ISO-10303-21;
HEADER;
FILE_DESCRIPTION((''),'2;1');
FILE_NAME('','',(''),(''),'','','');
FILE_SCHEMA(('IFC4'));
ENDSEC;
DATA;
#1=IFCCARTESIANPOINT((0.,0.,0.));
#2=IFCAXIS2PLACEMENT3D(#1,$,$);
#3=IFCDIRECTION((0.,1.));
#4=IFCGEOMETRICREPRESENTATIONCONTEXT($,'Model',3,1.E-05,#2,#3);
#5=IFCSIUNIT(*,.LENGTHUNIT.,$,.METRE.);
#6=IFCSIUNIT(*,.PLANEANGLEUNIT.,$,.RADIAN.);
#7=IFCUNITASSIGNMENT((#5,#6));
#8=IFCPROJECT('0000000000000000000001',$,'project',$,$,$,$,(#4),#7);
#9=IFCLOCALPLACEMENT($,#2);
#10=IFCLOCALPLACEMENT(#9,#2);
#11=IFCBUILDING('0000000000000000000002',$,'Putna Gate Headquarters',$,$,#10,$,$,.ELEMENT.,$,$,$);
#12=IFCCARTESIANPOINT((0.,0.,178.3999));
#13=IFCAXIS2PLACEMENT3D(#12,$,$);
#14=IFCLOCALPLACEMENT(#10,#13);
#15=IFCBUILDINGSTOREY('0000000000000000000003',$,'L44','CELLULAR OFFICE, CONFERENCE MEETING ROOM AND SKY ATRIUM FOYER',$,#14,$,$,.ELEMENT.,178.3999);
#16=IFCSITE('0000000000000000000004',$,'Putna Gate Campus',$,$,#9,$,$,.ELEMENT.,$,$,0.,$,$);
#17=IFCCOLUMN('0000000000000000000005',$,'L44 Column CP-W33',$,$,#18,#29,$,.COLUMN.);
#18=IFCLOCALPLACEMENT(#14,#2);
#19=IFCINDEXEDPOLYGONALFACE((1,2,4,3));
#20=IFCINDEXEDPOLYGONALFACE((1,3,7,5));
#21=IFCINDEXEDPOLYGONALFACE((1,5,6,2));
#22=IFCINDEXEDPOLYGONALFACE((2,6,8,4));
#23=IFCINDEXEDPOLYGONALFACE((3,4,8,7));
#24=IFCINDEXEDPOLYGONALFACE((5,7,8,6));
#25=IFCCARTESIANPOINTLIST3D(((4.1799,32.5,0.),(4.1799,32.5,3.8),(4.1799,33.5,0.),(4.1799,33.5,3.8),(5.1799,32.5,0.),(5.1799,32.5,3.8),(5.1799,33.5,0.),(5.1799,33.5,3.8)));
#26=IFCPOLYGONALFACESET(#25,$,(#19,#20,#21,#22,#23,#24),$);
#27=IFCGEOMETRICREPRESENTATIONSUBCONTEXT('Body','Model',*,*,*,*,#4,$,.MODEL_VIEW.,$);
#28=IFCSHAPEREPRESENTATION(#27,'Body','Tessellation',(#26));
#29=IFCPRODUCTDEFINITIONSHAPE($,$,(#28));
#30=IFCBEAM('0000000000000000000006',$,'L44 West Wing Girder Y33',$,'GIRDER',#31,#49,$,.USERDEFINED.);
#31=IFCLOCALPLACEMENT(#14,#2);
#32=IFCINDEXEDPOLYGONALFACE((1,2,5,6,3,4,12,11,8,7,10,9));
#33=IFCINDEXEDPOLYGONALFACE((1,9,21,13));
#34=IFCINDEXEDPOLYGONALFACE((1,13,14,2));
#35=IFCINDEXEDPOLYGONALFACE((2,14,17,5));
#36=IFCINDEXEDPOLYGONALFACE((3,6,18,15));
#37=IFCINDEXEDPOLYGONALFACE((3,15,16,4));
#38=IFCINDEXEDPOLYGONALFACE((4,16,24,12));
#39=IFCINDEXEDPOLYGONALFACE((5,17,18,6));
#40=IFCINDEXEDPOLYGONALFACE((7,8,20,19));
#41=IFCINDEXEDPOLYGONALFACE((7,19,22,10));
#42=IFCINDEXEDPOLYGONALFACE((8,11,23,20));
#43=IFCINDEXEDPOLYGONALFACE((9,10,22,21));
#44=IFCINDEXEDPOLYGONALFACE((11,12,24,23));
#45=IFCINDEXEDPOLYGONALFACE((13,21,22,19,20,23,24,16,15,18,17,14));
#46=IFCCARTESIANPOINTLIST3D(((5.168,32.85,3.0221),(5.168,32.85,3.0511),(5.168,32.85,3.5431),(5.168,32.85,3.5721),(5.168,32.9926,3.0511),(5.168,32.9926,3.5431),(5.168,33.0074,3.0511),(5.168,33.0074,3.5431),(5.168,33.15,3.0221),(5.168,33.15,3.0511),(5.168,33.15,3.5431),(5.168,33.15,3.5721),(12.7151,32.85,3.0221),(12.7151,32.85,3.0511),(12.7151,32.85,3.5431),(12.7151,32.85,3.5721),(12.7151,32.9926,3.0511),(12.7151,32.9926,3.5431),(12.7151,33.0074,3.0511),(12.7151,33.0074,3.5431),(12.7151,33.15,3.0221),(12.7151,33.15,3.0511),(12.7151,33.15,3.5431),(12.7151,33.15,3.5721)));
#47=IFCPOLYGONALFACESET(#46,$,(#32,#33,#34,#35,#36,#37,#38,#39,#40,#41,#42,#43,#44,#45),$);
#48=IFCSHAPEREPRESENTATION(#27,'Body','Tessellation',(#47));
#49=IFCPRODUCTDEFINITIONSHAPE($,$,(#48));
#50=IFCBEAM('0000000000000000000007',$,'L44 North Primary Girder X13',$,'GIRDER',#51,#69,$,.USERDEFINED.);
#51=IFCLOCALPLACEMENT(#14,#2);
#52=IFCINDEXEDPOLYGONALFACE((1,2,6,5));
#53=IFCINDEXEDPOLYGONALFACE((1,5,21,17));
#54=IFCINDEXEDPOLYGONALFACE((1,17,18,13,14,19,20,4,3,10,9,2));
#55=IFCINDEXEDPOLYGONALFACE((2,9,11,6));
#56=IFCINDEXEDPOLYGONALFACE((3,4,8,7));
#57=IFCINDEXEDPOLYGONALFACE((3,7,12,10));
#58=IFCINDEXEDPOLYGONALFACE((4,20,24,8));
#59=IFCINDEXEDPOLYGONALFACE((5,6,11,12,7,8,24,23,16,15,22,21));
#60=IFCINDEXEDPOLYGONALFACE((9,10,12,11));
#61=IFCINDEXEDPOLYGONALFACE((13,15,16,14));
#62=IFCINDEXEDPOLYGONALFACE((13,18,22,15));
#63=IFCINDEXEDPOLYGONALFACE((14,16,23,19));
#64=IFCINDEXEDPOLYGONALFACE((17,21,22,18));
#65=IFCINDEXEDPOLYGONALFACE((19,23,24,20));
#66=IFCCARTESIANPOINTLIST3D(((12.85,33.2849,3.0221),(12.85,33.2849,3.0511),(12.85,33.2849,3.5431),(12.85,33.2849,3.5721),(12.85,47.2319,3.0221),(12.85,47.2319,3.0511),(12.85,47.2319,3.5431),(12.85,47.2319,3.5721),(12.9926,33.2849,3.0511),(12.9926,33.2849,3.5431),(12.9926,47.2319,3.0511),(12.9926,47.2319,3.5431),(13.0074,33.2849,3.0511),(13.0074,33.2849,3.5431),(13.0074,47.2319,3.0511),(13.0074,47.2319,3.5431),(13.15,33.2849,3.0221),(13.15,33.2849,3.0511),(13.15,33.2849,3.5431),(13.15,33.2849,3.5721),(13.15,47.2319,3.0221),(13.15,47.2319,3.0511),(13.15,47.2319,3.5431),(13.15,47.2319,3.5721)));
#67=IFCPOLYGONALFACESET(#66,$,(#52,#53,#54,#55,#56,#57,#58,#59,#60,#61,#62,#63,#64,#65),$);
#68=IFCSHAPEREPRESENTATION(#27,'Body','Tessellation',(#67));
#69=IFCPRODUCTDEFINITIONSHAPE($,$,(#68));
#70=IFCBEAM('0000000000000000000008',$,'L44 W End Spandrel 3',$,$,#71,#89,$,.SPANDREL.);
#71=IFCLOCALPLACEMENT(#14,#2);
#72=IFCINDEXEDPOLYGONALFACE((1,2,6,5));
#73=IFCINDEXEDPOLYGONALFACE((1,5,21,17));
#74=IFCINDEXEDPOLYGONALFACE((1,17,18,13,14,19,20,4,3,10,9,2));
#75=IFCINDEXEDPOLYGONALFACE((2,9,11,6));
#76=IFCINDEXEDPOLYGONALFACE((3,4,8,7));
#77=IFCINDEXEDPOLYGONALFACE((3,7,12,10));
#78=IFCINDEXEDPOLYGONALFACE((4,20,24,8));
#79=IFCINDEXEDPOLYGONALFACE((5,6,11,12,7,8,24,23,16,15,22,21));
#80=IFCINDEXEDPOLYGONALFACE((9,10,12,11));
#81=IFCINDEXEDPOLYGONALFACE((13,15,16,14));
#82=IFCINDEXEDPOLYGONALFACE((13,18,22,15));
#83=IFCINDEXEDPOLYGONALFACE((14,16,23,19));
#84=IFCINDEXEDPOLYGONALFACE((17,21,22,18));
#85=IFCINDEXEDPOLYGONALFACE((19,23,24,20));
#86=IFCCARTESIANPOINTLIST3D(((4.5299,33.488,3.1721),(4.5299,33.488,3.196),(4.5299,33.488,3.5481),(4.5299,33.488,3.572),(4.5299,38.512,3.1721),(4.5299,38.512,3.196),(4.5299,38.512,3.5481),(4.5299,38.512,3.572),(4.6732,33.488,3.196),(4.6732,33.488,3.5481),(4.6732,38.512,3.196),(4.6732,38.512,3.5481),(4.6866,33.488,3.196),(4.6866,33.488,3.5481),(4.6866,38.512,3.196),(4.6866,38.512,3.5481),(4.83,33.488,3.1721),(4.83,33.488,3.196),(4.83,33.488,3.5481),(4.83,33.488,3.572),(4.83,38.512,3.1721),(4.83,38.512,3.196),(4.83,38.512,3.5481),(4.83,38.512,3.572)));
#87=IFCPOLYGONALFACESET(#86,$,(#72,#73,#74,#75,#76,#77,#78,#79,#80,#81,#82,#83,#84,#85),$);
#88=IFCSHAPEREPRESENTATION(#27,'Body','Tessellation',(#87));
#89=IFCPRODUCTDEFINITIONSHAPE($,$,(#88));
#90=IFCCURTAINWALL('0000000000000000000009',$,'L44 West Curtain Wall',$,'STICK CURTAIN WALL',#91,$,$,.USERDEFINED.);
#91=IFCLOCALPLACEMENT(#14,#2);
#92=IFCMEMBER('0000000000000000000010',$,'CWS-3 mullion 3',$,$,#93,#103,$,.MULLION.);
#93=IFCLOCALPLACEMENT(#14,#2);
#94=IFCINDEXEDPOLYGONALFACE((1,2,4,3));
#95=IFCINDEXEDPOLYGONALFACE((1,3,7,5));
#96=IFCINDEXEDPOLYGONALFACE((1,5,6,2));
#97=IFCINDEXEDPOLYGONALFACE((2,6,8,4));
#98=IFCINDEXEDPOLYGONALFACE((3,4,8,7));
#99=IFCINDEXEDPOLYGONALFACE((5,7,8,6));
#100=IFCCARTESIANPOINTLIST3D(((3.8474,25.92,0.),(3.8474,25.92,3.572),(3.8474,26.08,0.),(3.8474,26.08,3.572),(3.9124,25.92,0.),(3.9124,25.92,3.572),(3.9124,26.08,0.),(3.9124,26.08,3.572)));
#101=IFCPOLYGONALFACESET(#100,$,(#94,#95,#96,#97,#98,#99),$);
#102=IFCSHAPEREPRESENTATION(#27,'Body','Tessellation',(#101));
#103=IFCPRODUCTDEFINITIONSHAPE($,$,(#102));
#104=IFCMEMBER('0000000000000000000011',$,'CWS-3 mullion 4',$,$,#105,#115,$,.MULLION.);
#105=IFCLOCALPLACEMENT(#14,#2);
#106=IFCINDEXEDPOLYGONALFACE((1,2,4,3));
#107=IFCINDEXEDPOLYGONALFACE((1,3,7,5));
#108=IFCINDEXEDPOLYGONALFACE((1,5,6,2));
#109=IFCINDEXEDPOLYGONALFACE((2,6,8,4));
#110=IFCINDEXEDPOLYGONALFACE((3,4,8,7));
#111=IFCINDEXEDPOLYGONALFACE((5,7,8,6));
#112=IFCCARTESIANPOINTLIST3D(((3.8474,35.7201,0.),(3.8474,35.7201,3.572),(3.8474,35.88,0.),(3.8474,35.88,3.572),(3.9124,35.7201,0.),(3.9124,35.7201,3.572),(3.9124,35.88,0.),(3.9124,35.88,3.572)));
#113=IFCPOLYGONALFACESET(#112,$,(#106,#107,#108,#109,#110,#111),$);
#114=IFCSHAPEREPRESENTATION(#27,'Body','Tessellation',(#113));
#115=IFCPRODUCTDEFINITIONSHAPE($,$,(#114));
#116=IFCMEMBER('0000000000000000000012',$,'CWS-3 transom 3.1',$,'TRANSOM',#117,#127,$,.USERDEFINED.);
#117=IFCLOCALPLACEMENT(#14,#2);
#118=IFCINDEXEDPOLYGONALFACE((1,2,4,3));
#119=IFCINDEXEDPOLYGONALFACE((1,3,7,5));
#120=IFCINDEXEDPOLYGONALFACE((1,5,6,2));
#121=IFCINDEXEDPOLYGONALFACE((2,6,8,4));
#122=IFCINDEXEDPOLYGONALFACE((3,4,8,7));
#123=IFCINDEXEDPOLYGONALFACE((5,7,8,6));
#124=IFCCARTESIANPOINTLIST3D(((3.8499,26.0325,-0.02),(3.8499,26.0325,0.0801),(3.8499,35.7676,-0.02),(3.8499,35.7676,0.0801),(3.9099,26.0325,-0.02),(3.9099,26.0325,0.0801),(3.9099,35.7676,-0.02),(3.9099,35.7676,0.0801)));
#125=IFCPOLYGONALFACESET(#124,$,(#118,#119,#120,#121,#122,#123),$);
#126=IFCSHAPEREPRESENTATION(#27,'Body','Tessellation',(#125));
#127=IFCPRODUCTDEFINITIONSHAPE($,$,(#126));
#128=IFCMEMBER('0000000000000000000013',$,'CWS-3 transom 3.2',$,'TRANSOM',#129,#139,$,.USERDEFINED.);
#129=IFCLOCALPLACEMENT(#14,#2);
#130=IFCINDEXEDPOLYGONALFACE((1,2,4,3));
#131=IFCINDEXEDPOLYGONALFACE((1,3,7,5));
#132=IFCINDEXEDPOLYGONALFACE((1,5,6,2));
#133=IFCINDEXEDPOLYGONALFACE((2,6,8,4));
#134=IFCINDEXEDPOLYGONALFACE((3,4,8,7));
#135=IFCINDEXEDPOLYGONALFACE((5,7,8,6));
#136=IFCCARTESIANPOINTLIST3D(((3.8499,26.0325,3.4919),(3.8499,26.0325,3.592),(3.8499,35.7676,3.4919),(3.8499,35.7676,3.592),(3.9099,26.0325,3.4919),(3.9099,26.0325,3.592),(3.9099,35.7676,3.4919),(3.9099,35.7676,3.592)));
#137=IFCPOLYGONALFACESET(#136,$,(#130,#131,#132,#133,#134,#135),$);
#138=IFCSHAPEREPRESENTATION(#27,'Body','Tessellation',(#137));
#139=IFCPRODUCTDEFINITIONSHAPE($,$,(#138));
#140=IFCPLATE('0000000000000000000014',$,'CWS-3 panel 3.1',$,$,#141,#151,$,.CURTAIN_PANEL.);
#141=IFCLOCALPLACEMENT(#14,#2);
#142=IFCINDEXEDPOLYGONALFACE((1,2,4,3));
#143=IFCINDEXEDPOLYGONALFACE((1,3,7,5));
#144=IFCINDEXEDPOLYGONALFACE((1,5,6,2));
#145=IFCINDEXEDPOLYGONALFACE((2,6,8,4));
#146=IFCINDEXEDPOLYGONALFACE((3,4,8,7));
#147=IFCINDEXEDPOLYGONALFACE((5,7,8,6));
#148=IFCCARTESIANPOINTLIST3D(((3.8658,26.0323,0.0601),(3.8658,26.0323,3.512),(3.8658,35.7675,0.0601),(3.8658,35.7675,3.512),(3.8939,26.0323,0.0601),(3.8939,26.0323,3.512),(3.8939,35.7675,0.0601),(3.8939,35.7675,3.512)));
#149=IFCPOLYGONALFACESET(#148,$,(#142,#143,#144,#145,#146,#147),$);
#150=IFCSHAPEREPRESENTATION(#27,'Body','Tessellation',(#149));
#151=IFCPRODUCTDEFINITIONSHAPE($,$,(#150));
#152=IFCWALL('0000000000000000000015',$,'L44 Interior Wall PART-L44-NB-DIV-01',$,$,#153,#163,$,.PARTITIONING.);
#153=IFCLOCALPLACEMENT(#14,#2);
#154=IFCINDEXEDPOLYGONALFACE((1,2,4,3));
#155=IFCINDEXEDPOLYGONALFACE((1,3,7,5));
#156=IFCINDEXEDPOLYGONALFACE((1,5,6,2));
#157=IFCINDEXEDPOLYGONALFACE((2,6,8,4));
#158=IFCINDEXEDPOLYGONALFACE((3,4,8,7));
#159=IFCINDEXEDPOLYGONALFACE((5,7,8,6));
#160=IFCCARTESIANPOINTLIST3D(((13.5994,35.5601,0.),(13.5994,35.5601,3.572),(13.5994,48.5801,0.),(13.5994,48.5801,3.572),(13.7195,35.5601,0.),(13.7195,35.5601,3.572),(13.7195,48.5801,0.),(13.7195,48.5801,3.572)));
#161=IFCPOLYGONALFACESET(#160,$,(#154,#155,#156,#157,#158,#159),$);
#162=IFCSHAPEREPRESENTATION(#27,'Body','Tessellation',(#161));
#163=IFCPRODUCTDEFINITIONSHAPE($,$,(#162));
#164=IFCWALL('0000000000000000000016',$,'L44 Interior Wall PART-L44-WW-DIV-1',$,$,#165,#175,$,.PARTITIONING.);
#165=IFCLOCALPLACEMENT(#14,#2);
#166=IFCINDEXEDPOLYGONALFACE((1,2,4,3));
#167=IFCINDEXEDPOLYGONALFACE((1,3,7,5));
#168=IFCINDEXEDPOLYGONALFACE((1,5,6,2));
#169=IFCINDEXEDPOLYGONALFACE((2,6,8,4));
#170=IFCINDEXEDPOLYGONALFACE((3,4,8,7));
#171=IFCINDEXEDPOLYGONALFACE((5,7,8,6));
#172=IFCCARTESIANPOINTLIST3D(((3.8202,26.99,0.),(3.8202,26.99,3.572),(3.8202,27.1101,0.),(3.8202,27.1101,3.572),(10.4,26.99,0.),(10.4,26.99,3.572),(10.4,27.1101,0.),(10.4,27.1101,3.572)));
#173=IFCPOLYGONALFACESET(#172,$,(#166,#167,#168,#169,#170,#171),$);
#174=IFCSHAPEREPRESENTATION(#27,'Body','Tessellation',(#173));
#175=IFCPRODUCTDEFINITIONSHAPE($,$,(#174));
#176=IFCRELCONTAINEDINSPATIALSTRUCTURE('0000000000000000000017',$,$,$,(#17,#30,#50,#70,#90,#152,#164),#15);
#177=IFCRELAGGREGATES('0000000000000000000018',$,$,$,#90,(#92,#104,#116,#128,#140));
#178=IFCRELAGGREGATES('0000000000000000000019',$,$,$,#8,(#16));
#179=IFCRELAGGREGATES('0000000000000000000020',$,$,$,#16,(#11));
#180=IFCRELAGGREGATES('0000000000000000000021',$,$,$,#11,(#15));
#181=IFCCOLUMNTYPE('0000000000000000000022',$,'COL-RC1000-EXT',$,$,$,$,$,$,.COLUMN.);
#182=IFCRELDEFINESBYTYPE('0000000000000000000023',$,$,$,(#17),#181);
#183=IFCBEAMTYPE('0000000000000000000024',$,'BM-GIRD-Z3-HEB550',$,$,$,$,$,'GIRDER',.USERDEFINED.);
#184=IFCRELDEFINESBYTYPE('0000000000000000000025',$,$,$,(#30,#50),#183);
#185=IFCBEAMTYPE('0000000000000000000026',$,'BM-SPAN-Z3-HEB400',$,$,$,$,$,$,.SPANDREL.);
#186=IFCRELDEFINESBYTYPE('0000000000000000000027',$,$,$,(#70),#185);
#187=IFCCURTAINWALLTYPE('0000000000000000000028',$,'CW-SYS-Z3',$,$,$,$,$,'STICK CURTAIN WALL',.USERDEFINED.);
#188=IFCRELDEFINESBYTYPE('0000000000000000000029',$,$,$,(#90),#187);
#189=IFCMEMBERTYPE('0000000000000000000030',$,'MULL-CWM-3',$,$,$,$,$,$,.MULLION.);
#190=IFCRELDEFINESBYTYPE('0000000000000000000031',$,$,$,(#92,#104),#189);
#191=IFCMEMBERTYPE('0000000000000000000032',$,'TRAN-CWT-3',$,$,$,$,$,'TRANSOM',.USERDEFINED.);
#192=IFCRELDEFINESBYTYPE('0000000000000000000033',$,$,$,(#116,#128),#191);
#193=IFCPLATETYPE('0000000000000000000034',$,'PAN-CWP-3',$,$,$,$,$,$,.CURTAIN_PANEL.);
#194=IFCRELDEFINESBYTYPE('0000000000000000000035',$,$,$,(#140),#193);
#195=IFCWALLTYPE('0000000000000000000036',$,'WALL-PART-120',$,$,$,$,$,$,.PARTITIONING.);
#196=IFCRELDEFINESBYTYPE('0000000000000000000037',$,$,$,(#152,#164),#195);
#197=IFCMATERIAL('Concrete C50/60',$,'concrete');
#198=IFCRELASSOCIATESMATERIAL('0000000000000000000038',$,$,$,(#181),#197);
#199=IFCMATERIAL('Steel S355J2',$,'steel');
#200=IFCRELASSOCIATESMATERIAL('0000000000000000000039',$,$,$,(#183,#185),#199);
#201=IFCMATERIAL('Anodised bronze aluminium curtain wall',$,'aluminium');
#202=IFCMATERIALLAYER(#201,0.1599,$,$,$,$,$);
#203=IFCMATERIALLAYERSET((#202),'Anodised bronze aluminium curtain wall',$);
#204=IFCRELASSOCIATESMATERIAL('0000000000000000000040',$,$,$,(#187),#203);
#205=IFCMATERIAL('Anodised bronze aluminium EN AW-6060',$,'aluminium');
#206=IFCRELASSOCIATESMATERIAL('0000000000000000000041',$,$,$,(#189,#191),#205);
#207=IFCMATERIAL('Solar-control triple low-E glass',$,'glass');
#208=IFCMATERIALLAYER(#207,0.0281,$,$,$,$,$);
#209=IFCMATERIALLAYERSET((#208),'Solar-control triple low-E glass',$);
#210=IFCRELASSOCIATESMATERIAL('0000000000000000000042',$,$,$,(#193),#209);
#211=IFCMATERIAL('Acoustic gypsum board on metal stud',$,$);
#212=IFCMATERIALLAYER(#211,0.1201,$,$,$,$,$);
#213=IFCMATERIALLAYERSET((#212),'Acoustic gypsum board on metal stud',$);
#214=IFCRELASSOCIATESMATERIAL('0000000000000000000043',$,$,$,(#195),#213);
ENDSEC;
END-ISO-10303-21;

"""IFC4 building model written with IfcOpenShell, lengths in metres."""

from ifc_helpers import new_model, si_unit, direction, frame, frame_2d, origin, origin_2d, place, context, subcontext, project, spatial, rectangle, i_section, extrude, material, layer, layer_set, material_profile, profile_set, type_object, element, aggregate, save


model = new_model("IFC4")

# Units and contexts
model_context = context("Model", 3, precision=1e-05, world=origin(), true_north=direction((0.0, 1.0)))
body_context = subcontext(model_context, "Body", "Model", "MODEL_VIEW")
ifc_project = project(units=[si_unit("LENGTHUNIT", "METRE"), si_unit("PLANEANGLEUNIT", "RADIAN")], contexts=[model_context])

# Site, building, storey
site_placement = place(None, origin())
site = spatial("IfcSite", under=ifc_project, at=site_placement, Name="Putna Gate Campus", CompositionType="ELEMENT", RefElevation=0.0)
building_placement = place(site_placement, origin())
building = spatial("IfcBuilding", under=site, at=building_placement, Name="Putna Gate Headquarters", CompositionType="ELEMENT")
storey_placement = place(building_placement, frame((0.0, 0.0, 178.3999)))
storey = spatial("IfcBuildingStorey", under=building, at=storey_placement, Name="L44", Description="CELLULAR OFFICE, CONFERENCE MEETING ROOM AND SKY ATRIUM FOYER", CompositionType="ELEMENT", Elevation=178.3999)

# Column
ifc_material_1 = material(Name="Concrete C50/60", Category="concrete")
ifc_material_profile_1 = material_profile(ifc_material_1, rectangle(XDim=1.0, YDim=1.0, at=origin_2d()), Name="Concrete C50/60")
ifc_profile_set_1 = profile_set([ifc_material_profile_1], Name="Concrete C50/60")
column_type = type_object("IfcColumnType", Name="COL-RC1000-EXT", PredefinedType="COLUMN", material=ifc_profile_set_1)
column_placement = place(storey_placement, frame((4.6799, 33.0, 0.0), z_axis=(0.0, 0.0, 1.0), x_axis=(1.0, 0.0, 0.0)))
element("IfcColumn", 1, at=column_placement, inside=storey, type_object=column_type, Name="L44 Column CP-W33", PredefinedType="COLUMN", context=body_context, shape_type="SweptSolid", body=[
    extrude(rectangle(XDim=1.0, YDim=1.0, at=origin_2d()), origin(), (0.0, 0.0, 1.0), 3.8),
])

# Beams
ifc_material_2 = material(Name="Steel S355J2", Category="steel")
ifc_material_profile_2 = material_profile(ifc_material_2, i_section(OverallWidth=0.3, OverallDepth=0.55, WebThickness=0.0149, FlangeThickness=0.0291, at=origin_2d()), Name="Steel S355J2")
ifc_profile_set_2 = profile_set([ifc_material_profile_2], Name="Steel S355J2")
beam_type_1 = type_object("IfcBeamType", Name="BM-GIRD-Z3-HEB550", ElementType="GIRDER", PredefinedType="USERDEFINED", material=ifc_profile_set_2)
beam_1_placement = place(storey_placement, frame((5.168, 33.0, 3.2971), z_axis=(1.0, 0.0, 0.0), x_axis=(0.0, 1.0, 0.0)))
element("IfcBeam", 2, at=beam_1_placement, inside=storey, type_object=beam_type_1, Name="L44 West Wing Girder Y33", ObjectType="GIRDER", PredefinedType="USERDEFINED", context=body_context, shape_type="SweptSolid", body=[
    extrude(i_section(OverallWidth=0.3, OverallDepth=0.55, WebThickness=0.0149, FlangeThickness=0.0291, at=origin_2d()), origin(), (0.0, 0.0, 1.0), 7.5471),
])
beam_2_placement = place(storey_placement, frame((13.0, 33.2849, 3.2971), z_axis=(0.0, 1.0, 0.0), x_axis=(-1.0, 0.0, 0.0)))
element("IfcBeam", 3, at=beam_2_placement, inside=storey, type_object=beam_type_1, Name="L44 North Primary Girder X13", ObjectType="GIRDER", PredefinedType="USERDEFINED", context=body_context, shape_type="SweptSolid", body=[
    extrude(i_section(OverallWidth=0.3, OverallDepth=0.55, WebThickness=0.0149, FlangeThickness=0.0291, at=origin_2d()), origin(), (0.0, 0.0, 1.0), 13.947),
])
ifc_material_profile_3 = material_profile(ifc_material_2, i_section(OverallWidth=0.3, OverallDepth=0.3999, WebThickness=0.0134, FlangeThickness=0.0239, at=origin_2d()), Name="Steel S355J2")
ifc_profile_set_3 = profile_set([ifc_material_profile_3], Name="Steel S355J2")
beam_type_2 = type_object("IfcBeamType", Name="BM-SPAN-Z3-HEB400", PredefinedType="SPANDREL", material=ifc_profile_set_3)
beam_3_placement = place(storey_placement, frame((4.6799, 33.488, 3.3721), z_axis=(0.0, 1.0, 0.0), x_axis=(-1.0, 0.0, 0.0)))
element("IfcBeam", 4, at=beam_3_placement, inside=storey, type_object=beam_type_2, Name="L44 W End Spandrel 3", PredefinedType="SPANDREL", context=body_context, shape_type="SweptSolid", body=[
    extrude(i_section(OverallWidth=0.3, OverallDepth=0.3999, WebThickness=0.0134, FlangeThickness=0.0239, at=origin_2d()), origin(), (0.0, 0.0, 1.0), 5.0239),
])

# Curtain wall, members, plate
ifc_material_3 = material(Name="Anodised bronze aluminium curtain wall", Category="aluminium")
ifc_layer_1 = layer(ifc_material_3, 0.1599)
ifc_layer_set_1 = layer_set([ifc_layer_1], Name="Anodised bronze aluminium curtain wall")
curtain_wall_type = type_object("IfcCurtainWallType", Name="CW-SYS-Z3", ElementType="STICK CURTAIN WALL", PredefinedType="USERDEFINED", material=ifc_layer_set_1)
curtain_wall_placement = place(storey_placement, origin())
curtain_wall = element("IfcCurtainWall", 5, at=curtain_wall_placement, inside=storey, type_object=curtain_wall_type, Name="L44 West Curtain Wall", ObjectType="STICK CURTAIN WALL", PredefinedType="USERDEFINED")
ifc_material_4 = material(Name="Anodised bronze aluminium EN AW-6060", Category="aluminium")
ifc_material_profile_4 = material_profile(ifc_material_4, rectangle(XDim=0.0649, YDim=0.1599, at=origin_2d()), Name="Anodised bronze aluminium EN AW-6060")
ifc_profile_set_4 = profile_set([ifc_material_profile_4], Name="Anodised bronze aluminium EN AW-6060")
member_type_1 = type_object("IfcMemberType", Name="MULL-CWM-3", PredefinedType="MULLION", material=ifc_profile_set_4)
member_1_placement = place(storey_placement, frame((3.8799, 26.0, 0.0), z_axis=(0.0, 0.0, 1.0), x_axis=(-1.0, 0.0, 0.0)))
member_1 = element("IfcMember", 6, at=member_1_placement, type_object=member_type_1, Name="CWS-3 mullion 3", PredefinedType="MULLION", context=body_context, shape_type="SweptSolid", body=[
    extrude(rectangle(XDim=0.0649, YDim=0.1599, at=origin_2d()), origin(), (0.0, 0.0, 1.0), 3.572),
])
member_2_placement = place(storey_placement, frame((3.8799, 35.8, 0.0), z_axis=(0.0, 0.0, 1.0), x_axis=(-1.0, 0.0, 0.0)))
member_2 = element("IfcMember", 7, at=member_2_placement, type_object=member_type_1, Name="CWS-3 mullion 4", PredefinedType="MULLION", context=body_context, shape_type="SweptSolid", body=[
    extrude(rectangle(XDim=0.0649, YDim=0.1599, at=origin_2d()), origin(), (0.0, 0.0, 1.0), 3.572),
])
ifc_material_profile_5 = material_profile(ifc_material_4, rectangle(XDim=0.0601, YDim=0.1001, at=origin_2d()), Name="Anodised bronze aluminium EN AW-6060")
ifc_profile_set_5 = profile_set([ifc_material_profile_5], Name="Anodised bronze aluminium EN AW-6060")
member_type_2 = type_object("IfcMemberType", Name="TRAN-CWT-3", ElementType="TRANSOM", PredefinedType="USERDEFINED", material=ifc_profile_set_5)
member_3_placement = place(storey_placement, frame((3.8799, 26.0325, 0.03), z_axis=(0.0, 1.0, 0.0), x_axis=(-1.0, 0.0, 0.0)))
member_3 = element("IfcMember", 8, at=member_3_placement, type_object=member_type_2, Name="CWS-3 transom 3.1", ObjectType="TRANSOM", PredefinedType="USERDEFINED", context=body_context, shape_type="SweptSolid", body=[
    extrude(rectangle(XDim=0.0601, YDim=0.1001, at=origin_2d()), origin(), (0.0, 0.0, 1.0), 9.7351),
])
member_4_placement = place(storey_placement, frame((3.8799, 26.0325, 3.542), z_axis=(0.0, 1.0, 0.0), x_axis=(-1.0, 0.0, 0.0)))
member_4 = element("IfcMember", 9, at=member_4_placement, type_object=member_type_2, Name="CWS-3 transom 3.2", ObjectType="TRANSOM", PredefinedType="USERDEFINED", context=body_context, shape_type="SweptSolid", body=[
    extrude(rectangle(XDim=0.0601, YDim=0.1001, at=origin_2d()), origin(), (0.0, 0.0, 1.0), 9.7351),
])
ifc_material_5 = material(Name="Solar-control triple low-E glass", Category="glass")
ifc_layer_2 = layer(ifc_material_5, 0.0281)
ifc_layer_set_2 = layer_set([ifc_layer_2], Name="Solar-control triple low-E glass")
plate_type = type_object("IfcPlateType", Name="PAN-CWP-3", PredefinedType="CURTAIN_PANEL", material=ifc_layer_set_2)
plate_placement = place(storey_placement, frame((3.8799, 30.8999, 0.0601), z_axis=(0.0, 0.0, 1.0), x_axis=(0.0, 1.0, 0.0)))
plate = element("IfcPlate", 10, at=plate_placement, type_object=plate_type, Name="CWS-3 panel 3.1", PredefinedType="CURTAIN_PANEL", context=body_context, shape_type="SweptSolid", body=[
    extrude(rectangle(XDim=9.7351, YDim=0.0281, at=origin_2d()), origin(), (0.0, 0.0, 1.0), 3.4519),
])
aggregate(curtain_wall, [member_1, member_2, member_3, member_4, plate])

# Walls
ifc_material_6 = material(Name="Acoustic gypsum board on metal stud")
ifc_layer_3 = layer(ifc_material_6, 0.1201)
ifc_layer_set_3 = layer_set([ifc_layer_3], Name="Acoustic gypsum board on metal stud")
wall_type_1 = type_object("IfcWallType", Name="WALL-PART-120", PredefinedType="PARTITIONING", material=ifc_layer_set_3)
wall_1_placement = place(storey_placement, frame((13.6594, 35.5601, 0.0), z_axis=(0.0, 0.0, 1.0), x_axis=(0.0, 1.0, 0.0)))
element("IfcWall", 11, at=wall_1_placement, inside=storey, type_object=wall_type_1, Name="L44 Interior Wall PART-L44-NB-DIV-01", PredefinedType="PARTITIONING", context=body_context, shape_type="SweptSolid", body=[
    extrude(rectangle(XDim=13.02, YDim=0.1201, at=frame_2d((6.51, 0.0))), origin(), (0.0, 0.0, 1.0), 3.572),
])
wall_2_placement = place(storey_placement, frame((3.8201, 27.05, 0.0), z_axis=(0.0, 0.0, 1.0), x_axis=(1.0, 0.0, 0.0)))
element("IfcWall", 12, at=wall_2_placement, inside=storey, type_object=wall_type_1, Name="L44 Interior Wall PART-L44-WW-DIV-1", PredefinedType="PARTITIONING", context=body_context, shape_type="SweptSolid", body=[
    extrude(rectangle(XDim=6.5798, YDim=0.1201, at=frame_2d((3.29, 0.0))), origin(), (0.0, 0.0, 1.0), 3.572),
])

save(model, "model.ifc")
